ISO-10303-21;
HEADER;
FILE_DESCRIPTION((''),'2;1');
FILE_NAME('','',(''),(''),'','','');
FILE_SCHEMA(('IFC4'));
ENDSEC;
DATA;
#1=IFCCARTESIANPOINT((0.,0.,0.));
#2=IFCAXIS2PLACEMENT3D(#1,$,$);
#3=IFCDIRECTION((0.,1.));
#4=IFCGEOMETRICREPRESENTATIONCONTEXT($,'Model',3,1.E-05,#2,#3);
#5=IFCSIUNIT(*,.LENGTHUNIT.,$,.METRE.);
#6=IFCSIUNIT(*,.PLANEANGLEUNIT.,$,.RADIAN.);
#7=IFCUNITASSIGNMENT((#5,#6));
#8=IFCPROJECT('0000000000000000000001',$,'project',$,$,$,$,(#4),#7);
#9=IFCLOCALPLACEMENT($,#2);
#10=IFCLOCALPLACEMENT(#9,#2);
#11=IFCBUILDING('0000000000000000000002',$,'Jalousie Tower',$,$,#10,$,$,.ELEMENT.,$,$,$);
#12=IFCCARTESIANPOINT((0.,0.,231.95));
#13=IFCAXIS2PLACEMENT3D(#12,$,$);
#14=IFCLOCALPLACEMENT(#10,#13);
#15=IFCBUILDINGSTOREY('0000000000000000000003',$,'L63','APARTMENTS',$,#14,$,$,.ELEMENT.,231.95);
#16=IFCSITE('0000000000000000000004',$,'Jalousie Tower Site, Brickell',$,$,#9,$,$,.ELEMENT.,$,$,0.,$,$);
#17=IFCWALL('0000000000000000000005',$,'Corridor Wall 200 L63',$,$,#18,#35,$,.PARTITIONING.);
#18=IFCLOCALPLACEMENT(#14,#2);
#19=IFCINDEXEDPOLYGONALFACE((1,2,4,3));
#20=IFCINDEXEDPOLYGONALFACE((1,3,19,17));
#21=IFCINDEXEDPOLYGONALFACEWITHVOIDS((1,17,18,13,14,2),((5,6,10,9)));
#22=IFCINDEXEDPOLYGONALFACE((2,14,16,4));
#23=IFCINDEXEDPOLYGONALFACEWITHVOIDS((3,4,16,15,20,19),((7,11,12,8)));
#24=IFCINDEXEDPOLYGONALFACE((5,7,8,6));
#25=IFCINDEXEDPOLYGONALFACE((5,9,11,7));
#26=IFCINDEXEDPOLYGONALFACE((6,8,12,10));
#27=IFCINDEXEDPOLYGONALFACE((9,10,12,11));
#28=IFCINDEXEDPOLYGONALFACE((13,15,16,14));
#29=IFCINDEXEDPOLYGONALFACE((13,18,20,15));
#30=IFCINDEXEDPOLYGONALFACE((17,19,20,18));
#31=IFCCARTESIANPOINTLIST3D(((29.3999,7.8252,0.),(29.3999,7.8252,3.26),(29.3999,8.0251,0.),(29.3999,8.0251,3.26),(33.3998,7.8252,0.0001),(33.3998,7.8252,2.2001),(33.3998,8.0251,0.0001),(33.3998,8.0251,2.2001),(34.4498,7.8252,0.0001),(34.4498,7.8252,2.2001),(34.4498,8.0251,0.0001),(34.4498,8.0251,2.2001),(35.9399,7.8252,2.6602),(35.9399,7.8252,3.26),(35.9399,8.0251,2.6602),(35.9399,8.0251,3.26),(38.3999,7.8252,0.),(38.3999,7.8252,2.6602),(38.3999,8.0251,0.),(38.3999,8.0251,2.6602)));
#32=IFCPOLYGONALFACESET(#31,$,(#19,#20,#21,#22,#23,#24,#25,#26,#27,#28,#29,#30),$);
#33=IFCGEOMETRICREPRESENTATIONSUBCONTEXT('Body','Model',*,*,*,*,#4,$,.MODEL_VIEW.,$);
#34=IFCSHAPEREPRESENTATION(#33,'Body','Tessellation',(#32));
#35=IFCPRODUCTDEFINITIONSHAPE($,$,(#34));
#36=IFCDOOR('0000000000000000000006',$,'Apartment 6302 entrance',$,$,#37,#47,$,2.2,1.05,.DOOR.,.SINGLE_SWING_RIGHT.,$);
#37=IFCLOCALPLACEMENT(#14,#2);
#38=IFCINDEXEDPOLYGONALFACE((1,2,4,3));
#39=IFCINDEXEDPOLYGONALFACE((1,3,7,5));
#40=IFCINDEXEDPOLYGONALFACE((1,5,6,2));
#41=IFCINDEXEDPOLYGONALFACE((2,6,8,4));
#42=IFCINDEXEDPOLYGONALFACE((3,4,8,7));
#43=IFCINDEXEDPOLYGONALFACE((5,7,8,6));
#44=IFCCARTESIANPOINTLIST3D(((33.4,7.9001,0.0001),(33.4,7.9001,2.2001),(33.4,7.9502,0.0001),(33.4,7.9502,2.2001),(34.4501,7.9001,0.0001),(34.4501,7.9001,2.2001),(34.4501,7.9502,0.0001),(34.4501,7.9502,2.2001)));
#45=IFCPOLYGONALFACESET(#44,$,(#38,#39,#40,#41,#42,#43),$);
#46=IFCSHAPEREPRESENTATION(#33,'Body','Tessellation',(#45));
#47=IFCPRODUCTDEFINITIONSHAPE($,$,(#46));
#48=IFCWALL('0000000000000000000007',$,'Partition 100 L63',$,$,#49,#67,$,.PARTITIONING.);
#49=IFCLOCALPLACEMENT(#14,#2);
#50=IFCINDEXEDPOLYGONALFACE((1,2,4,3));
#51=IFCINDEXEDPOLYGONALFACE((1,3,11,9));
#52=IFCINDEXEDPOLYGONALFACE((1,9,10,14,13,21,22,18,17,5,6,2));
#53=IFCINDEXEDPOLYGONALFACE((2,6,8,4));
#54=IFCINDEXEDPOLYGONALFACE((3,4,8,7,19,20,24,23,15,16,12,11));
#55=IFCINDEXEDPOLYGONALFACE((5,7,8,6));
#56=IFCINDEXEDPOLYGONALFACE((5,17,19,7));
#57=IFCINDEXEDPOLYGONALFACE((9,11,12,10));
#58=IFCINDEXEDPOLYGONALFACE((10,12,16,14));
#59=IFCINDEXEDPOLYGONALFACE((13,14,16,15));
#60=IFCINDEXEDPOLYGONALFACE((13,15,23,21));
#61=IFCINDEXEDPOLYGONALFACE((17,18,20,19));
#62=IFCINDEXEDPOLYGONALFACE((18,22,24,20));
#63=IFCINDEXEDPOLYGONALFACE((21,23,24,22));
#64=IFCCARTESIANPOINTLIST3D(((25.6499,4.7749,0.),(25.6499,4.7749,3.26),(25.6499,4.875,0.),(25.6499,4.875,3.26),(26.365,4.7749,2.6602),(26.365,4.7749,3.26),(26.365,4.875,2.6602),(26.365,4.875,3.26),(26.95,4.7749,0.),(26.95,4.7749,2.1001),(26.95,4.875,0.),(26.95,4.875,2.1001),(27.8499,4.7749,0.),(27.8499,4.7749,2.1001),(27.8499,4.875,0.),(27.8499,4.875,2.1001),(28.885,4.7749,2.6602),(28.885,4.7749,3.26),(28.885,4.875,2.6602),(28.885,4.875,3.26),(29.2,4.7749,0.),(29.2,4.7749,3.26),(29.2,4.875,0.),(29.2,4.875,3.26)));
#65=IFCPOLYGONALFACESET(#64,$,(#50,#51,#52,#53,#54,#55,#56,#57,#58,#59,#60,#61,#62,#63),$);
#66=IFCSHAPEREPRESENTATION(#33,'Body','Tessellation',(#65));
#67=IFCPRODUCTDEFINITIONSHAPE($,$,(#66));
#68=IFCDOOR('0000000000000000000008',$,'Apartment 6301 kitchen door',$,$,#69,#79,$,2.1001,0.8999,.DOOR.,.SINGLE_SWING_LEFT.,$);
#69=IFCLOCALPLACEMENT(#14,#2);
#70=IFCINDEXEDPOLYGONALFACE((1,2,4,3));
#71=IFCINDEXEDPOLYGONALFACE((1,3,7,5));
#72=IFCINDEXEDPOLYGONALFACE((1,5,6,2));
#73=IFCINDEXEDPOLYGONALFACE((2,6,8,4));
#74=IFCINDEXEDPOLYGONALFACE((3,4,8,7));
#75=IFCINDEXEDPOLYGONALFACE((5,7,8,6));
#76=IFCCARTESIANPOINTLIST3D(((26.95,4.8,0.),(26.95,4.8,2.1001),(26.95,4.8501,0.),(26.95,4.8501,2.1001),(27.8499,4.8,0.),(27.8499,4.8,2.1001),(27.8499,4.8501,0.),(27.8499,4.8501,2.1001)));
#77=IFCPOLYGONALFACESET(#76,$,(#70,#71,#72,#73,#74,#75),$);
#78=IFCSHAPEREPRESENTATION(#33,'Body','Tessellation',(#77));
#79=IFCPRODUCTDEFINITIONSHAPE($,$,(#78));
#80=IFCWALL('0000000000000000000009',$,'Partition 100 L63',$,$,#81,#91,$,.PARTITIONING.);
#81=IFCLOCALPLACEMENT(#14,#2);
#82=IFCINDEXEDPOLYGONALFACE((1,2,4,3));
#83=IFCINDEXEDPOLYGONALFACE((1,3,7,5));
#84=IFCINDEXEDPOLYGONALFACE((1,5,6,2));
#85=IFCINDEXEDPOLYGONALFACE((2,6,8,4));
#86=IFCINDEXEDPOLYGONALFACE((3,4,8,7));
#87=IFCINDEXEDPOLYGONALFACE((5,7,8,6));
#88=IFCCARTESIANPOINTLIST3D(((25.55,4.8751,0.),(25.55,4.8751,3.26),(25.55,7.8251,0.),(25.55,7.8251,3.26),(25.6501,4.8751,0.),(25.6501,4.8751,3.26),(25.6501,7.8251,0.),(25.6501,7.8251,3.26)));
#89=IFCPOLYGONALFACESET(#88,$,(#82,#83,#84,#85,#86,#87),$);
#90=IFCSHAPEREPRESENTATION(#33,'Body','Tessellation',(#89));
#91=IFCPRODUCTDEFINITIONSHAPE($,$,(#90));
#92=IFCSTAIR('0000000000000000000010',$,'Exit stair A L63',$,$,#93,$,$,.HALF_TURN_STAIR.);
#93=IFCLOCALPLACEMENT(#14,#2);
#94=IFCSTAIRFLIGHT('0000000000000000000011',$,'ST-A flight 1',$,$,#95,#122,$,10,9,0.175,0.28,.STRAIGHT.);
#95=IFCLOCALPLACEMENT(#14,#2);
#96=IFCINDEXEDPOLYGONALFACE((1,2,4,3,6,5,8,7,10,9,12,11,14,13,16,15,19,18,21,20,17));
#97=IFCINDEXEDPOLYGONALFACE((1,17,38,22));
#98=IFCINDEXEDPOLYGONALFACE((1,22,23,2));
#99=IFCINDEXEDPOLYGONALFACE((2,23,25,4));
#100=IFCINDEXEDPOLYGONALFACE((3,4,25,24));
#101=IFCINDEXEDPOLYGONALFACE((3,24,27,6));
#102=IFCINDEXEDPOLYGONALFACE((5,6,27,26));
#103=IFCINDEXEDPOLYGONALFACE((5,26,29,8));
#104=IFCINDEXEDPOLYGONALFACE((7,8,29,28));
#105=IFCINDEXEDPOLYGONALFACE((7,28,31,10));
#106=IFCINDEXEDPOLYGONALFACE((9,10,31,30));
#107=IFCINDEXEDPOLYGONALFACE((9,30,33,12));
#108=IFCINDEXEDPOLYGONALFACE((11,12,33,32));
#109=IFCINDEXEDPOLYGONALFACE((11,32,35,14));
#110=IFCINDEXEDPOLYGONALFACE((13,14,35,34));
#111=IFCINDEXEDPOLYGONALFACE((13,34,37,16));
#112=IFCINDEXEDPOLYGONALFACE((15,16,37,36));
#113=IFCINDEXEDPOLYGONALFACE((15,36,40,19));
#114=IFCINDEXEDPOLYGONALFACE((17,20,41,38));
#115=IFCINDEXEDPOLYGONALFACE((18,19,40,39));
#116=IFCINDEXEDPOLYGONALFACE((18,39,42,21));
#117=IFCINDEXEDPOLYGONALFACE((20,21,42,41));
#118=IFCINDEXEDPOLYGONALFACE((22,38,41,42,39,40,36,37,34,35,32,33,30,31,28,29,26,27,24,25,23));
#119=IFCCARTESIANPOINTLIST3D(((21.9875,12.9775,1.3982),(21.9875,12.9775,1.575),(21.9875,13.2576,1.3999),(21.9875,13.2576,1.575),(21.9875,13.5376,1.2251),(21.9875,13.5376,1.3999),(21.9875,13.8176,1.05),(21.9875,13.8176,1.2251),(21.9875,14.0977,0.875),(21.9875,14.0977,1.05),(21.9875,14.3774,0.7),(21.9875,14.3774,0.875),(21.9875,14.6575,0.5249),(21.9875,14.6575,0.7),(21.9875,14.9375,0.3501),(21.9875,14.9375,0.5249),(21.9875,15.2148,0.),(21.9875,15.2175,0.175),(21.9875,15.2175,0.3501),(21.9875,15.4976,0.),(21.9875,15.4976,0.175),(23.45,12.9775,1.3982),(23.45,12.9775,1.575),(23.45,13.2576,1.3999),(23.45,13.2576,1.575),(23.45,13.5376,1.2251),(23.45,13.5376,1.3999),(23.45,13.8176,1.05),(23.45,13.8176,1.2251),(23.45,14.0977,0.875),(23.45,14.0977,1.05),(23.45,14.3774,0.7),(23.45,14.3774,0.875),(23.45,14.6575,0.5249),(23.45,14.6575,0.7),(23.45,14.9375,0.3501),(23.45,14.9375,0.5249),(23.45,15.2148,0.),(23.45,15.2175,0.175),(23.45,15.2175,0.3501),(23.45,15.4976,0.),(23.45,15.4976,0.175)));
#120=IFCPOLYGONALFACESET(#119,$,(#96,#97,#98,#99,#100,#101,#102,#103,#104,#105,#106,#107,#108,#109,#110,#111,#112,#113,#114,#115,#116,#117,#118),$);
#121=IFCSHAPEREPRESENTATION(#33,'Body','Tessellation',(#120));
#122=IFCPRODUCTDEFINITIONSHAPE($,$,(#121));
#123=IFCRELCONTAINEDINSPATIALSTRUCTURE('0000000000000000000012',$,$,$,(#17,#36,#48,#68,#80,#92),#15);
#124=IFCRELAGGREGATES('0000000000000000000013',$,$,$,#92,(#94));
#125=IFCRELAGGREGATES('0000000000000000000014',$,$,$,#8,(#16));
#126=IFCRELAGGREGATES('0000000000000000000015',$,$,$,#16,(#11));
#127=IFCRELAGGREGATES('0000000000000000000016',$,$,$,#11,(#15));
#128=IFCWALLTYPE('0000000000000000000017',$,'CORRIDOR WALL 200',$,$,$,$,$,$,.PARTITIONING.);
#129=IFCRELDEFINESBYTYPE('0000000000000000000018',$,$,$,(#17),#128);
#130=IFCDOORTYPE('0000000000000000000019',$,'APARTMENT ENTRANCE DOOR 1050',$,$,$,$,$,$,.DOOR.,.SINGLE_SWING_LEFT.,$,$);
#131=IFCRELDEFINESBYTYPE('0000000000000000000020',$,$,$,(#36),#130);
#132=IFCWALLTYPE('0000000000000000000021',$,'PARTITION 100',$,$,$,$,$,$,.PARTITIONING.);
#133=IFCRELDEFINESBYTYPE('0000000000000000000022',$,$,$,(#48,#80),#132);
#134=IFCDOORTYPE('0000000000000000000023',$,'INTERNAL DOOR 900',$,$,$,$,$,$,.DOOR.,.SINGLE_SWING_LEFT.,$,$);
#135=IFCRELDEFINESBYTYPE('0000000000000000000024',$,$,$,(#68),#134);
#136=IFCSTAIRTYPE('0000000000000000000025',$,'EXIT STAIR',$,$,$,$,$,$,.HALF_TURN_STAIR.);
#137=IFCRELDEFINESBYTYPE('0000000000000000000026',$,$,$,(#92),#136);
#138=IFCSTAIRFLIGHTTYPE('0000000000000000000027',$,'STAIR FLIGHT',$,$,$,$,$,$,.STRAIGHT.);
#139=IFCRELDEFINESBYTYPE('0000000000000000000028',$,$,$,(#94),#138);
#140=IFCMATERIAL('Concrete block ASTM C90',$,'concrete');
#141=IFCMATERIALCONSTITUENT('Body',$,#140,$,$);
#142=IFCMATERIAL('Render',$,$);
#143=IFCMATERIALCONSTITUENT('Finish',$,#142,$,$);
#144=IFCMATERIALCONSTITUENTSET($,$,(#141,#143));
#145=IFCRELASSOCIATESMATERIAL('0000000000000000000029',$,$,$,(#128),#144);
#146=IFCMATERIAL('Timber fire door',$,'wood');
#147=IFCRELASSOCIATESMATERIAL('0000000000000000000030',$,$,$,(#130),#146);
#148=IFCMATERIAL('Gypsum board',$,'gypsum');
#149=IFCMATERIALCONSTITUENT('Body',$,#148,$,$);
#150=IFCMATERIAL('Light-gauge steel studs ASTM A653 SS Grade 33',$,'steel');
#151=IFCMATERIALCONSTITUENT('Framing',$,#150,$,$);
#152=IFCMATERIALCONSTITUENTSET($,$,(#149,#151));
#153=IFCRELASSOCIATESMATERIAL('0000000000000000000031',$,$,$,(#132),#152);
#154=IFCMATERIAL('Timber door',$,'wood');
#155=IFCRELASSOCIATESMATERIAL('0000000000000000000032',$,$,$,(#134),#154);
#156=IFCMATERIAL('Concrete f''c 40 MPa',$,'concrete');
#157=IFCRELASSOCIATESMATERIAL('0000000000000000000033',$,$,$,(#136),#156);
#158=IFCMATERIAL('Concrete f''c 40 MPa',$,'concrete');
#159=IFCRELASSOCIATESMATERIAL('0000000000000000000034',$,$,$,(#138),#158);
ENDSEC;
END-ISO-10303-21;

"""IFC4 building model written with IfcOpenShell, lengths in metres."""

from ifc_helpers import new_model, si_unit, direction, frame, frame_2d, origin, place, context, subcontext, project, spatial, polyline, rectangle, outline, extrude, material, constituent, constituent_set, type_object, element, fill, aggregate, save


model = new_model("IFC4")

# Units and contexts
model_context = context("Model", 3, precision=1e-05, world=origin(), true_north=direction((0.0, 1.0)))
body_context = subcontext(model_context, "Body", "Model", "MODEL_VIEW")
ifc_project = project(units=[si_unit("LENGTHUNIT", "METRE"), si_unit("PLANEANGLEUNIT", "RADIAN")], contexts=[model_context])

# Site, building, storey
site_placement = place(None, origin())
site = spatial("IfcSite", under=ifc_project, at=site_placement, Name="Jalousie Tower Site, Brickell", CompositionType="ELEMENT", RefElevation=0.0)
building_placement = place(site_placement, origin())
building = spatial("IfcBuilding", under=site, at=building_placement, Name="Jalousie Tower", CompositionType="ELEMENT")
storey_placement = place(building_placement, frame((0.0, 0.0, 231.95)))
storey = spatial("IfcBuildingStorey", under=building, at=storey_placement, Name="L63", Description="APARTMENTS", CompositionType="ELEMENT", Elevation=231.95)

# Walls, openings, doors
ifc_material_1 = material(Name="Concrete block ASTM C90", Category="concrete")
ifc_constituent_1 = constituent(ifc_material_1, Name="Body")
ifc_material_2 = material(Name="Render")
ifc_constituent_2 = constituent(ifc_material_2, Name="Finish")
ifc_constituent_set_1 = constituent_set(constituents=[ifc_constituent_1, ifc_constituent_2])
wall_type_1 = type_object("IfcWallType", Name="CORRIDOR WALL 200", PredefinedType="PARTITIONING", material=ifc_constituent_set_1)
wall_1_placement = place(storey_placement, frame((29.3999, 7.925, 0.0), z_axis=(0.0, 0.0, 1.0), x_axis=(1.0, 0.0, 0.0)))
wall_1 = element("IfcWall", 1, at=wall_1_placement, inside=storey, type_object=wall_type_1, Name="Corridor Wall 200 L63", PredefinedType="PARTITIONING", context=body_context, shape_type="SweptSolid", body=[
    extrude(outline(polyline([(0.0, 0.0), (9.0, 0.0), (9.0, 3.26), (9.0, 2.6602), (6.54, 2.6602), (6.54, 3.26), (0.0, 3.26), (0.0, 0.0)])), frame((0.0, 0.1001, 0.0), z_axis=(0.0, -1.0, 0.0), x_axis=(1.0, 0.0, 0.0)), (0.0, 0.0, 1.0), 0.2),
])
opening_1_placement = place(wall_1_placement, frame((4.0, 0.0, 0.0)))
opening_1 = element("IfcOpeningElement", 2, at=opening_1_placement, cuts=wall_1, PredefinedType="OPENING", context=body_context, shape_type="SweptSolid", body=[
    extrude(rectangle(XDim=1.05, YDim=2.2, at=frame_2d((0.5249, 1.1001))), frame((0.0, 0.1099, 0.0), z_axis=(0.0, -1.0, 0.0), x_axis=(1.0, 0.0, 0.0)), (0.0, 0.0, 1.0), 0.22),
])
ifc_material_3 = material(Name="Timber fire door", Category="wood")
door_type_1 = type_object("IfcDoorType", Name="APARTMENT ENTRANCE DOOR 1050", OperationType="SINGLE_SWING_LEFT", PredefinedType="DOOR", material=ifc_material_3)
door_1_placement = place(opening_1_placement, frame((1.05, 0.0, 0.0), z_axis=(0.0, 0.0, 1.0), x_axis=(-1.0, 0.0, 0.0)))
door_1 = element("IfcDoor", 3, at=door_1_placement, inside=storey, type_object=door_type_1, Name="Apartment 6302 entrance", OperationType="SINGLE_SWING_RIGHT", OverallHeight=2.2, OverallWidth=1.05, PredefinedType="DOOR", context=body_context, shape_type="SweptSolid", body=[
    extrude(rectangle(XDim=1.05, YDim=2.2, at=frame_2d((0.5249, 1.1001))), frame((0.0, 0.0249, 0.0), z_axis=(0.0, -1.0, 0.0), x_axis=(1.0, 0.0, 0.0)), (0.0, 0.0, 1.0), 0.05),
])
fill(opening_1, door_1)
ifc_material_4 = material(Name="Gypsum board", Category="gypsum")
ifc_constituent_3 = constituent(ifc_material_4, Name="Body")
ifc_material_5 = material(Name="Light-gauge steel studs ASTM A653 SS Grade 33", Category="steel")
ifc_constituent_4 = constituent(ifc_material_5, Name="Framing")
ifc_constituent_set_2 = constituent_set(constituents=[ifc_constituent_3, ifc_constituent_4])
wall_type_2 = type_object("IfcWallType", Name="PARTITION 100", PredefinedType="PARTITIONING", material=ifc_constituent_set_2)
wall_2_placement = place(storey_placement, frame((25.6499, 4.825, 0.0), z_axis=(0.0, 0.0, 1.0), x_axis=(1.0, 0.0, 0.0)))
wall_2 = element("IfcWall", 4, at=wall_2_placement, inside=storey, type_object=wall_type_2, Name="Partition 100 L63", PredefinedType="PARTITIONING", context=body_context, shape_type="SweptSolid", body=[
    extrude(outline(polyline([(0.0, 0.0), (3.55, 0.0), (3.55, 3.26), (3.2351, 3.26), (3.2351, 2.6602), (0.7151, 2.6602), (0.7151, 3.26), (0.0, 3.26), (0.0, 0.0)])), frame((0.0, 0.05, 0.0), z_axis=(0.0, -1.0, 0.0), x_axis=(1.0, 0.0, 0.0)), (0.0, 0.0, 1.0), 0.1001),
])
opening_2_placement = place(wall_2_placement, frame((1.3, 0.0, 0.0)))
opening_2 = element("IfcOpeningElement", 5, at=opening_2_placement, cuts=wall_2, PredefinedType="OPENING", context=body_context, shape_type="SweptSolid", body=[
    extrude(rectangle(XDim=0.8999, YDim=2.1001, at=frame_2d((0.45, 1.05))), frame((0.0, 0.0601, 0.0), z_axis=(0.0, -1.0, 0.0), x_axis=(1.0, 0.0, 0.0)), (0.0, 0.0, 1.0), 0.1201),
])
ifc_material_6 = material(Name="Timber door", Category="wood")
door_type_2 = type_object("IfcDoorType", Name="INTERNAL DOOR 900", OperationType="SINGLE_SWING_LEFT", PredefinedType="DOOR", material=ifc_material_6)
door_2_placement = place(opening_2_placement, frame((0.8999, 0.0, 0.0), z_axis=(0.0, 0.0, 1.0), x_axis=(-1.0, 0.0, 0.0)))
door_2 = element("IfcDoor", 6, at=door_2_placement, inside=storey, type_object=door_type_2, Name="Apartment 6301 kitchen door", OperationType="SINGLE_SWING_LEFT", OverallHeight=2.1001, OverallWidth=0.8999, PredefinedType="DOOR", context=body_context, shape_type="SweptSolid", body=[
    extrude(rectangle(XDim=0.8999, YDim=2.1001, at=frame_2d((0.45, 1.05))), frame((0.0, 0.0249, 0.0), z_axis=(0.0, -1.0, 0.0), x_axis=(1.0, 0.0, 0.0)), (0.0, 0.0, 1.0), 0.05),
])
fill(opening_2, door_2)

# Wall
wall_3_placement = place(storey_placement, frame((25.6001, 4.875, 0.0), z_axis=(0.0, 0.0, 1.0), x_axis=(0.0, 1.0, 0.0)))
element("IfcWall", 7, at=wall_3_placement, inside=storey, type_object=wall_type_2, Name="Partition 100 L63", PredefinedType="PARTITIONING", context=body_context, shape_type="SweptSolid", body=[
    extrude(rectangle(XDim=2.95, YDim=0.1001, at=frame_2d((1.4751, 0.0))), origin(), (0.0, 0.0, 1.0), 3.26),
])

# Stair, stair flight
ifc_material_7 = material(Name="Concrete f'c 40 MPa", Category="concrete")
stair_type = type_object("IfcStairType", Name="EXIT STAIR", PredefinedType="HALF_TURN_STAIR", material=ifc_material_7)
stair_placement = place(storey_placement, origin())
stair = element("IfcStair", 8, at=stair_placement, inside=storey, type_object=stair_type, Name="Exit stair A L63", PredefinedType="HALF_TURN_STAIR")
ifc_material_8 = material(Name="Concrete f'c 40 MPa", Category="concrete")
stair_flight_type = type_object("IfcStairFlightType", Name="STAIR FLIGHT", PredefinedType="STRAIGHT", material=ifc_material_8)
stair_flight_placement = place(storey_placement, frame((22.7188, 15.4976, 0.0), z_axis=(0.0, 0.0, 1.0), x_axis=(0.0, -1.0, 0.0)))
stair_flight = element("IfcStairFlight", 9, at=stair_flight_placement, type_object=stair_flight_type, Name="ST-A flight 1", NumberOfRisers=10, NumberOfTreads=9, PredefinedType="STRAIGHT", RiserHeight=0.175, TreadLength=0.28, context=body_context, shape_type="SweptSolid", body=[
    extrude(outline(polyline([(0.0, 0.0), (0.0, 0.175), (0.28, 0.175), (0.28, 0.3501), (0.5601, 0.3501), (0.5601, 0.5249), (0.8401, 0.5249), (0.8401, 0.7), (1.1201, 0.7), (1.1201, 0.875), (1.3999, 0.875), (1.3999, 1.05), (1.6799, 1.05), (1.6799, 1.2251), (1.96, 1.2251), (1.96, 1.3999), (2.24, 1.3999), (2.24, 1.575), (2.52, 1.575), (2.52, 1.75), (2.52, 1.3982), (0.2827, 0.0), (0.0, 0.0)])), frame((0.0, 0.7312, 0.0), z_axis=(0.0, -1.0, 0.0), x_axis=(1.0, 0.0, 0.0)), (0.0, 0.0, 1.0), 1.4624),
])
aggregate(stair, [stair_flight])

save(model, "model.ifc")
